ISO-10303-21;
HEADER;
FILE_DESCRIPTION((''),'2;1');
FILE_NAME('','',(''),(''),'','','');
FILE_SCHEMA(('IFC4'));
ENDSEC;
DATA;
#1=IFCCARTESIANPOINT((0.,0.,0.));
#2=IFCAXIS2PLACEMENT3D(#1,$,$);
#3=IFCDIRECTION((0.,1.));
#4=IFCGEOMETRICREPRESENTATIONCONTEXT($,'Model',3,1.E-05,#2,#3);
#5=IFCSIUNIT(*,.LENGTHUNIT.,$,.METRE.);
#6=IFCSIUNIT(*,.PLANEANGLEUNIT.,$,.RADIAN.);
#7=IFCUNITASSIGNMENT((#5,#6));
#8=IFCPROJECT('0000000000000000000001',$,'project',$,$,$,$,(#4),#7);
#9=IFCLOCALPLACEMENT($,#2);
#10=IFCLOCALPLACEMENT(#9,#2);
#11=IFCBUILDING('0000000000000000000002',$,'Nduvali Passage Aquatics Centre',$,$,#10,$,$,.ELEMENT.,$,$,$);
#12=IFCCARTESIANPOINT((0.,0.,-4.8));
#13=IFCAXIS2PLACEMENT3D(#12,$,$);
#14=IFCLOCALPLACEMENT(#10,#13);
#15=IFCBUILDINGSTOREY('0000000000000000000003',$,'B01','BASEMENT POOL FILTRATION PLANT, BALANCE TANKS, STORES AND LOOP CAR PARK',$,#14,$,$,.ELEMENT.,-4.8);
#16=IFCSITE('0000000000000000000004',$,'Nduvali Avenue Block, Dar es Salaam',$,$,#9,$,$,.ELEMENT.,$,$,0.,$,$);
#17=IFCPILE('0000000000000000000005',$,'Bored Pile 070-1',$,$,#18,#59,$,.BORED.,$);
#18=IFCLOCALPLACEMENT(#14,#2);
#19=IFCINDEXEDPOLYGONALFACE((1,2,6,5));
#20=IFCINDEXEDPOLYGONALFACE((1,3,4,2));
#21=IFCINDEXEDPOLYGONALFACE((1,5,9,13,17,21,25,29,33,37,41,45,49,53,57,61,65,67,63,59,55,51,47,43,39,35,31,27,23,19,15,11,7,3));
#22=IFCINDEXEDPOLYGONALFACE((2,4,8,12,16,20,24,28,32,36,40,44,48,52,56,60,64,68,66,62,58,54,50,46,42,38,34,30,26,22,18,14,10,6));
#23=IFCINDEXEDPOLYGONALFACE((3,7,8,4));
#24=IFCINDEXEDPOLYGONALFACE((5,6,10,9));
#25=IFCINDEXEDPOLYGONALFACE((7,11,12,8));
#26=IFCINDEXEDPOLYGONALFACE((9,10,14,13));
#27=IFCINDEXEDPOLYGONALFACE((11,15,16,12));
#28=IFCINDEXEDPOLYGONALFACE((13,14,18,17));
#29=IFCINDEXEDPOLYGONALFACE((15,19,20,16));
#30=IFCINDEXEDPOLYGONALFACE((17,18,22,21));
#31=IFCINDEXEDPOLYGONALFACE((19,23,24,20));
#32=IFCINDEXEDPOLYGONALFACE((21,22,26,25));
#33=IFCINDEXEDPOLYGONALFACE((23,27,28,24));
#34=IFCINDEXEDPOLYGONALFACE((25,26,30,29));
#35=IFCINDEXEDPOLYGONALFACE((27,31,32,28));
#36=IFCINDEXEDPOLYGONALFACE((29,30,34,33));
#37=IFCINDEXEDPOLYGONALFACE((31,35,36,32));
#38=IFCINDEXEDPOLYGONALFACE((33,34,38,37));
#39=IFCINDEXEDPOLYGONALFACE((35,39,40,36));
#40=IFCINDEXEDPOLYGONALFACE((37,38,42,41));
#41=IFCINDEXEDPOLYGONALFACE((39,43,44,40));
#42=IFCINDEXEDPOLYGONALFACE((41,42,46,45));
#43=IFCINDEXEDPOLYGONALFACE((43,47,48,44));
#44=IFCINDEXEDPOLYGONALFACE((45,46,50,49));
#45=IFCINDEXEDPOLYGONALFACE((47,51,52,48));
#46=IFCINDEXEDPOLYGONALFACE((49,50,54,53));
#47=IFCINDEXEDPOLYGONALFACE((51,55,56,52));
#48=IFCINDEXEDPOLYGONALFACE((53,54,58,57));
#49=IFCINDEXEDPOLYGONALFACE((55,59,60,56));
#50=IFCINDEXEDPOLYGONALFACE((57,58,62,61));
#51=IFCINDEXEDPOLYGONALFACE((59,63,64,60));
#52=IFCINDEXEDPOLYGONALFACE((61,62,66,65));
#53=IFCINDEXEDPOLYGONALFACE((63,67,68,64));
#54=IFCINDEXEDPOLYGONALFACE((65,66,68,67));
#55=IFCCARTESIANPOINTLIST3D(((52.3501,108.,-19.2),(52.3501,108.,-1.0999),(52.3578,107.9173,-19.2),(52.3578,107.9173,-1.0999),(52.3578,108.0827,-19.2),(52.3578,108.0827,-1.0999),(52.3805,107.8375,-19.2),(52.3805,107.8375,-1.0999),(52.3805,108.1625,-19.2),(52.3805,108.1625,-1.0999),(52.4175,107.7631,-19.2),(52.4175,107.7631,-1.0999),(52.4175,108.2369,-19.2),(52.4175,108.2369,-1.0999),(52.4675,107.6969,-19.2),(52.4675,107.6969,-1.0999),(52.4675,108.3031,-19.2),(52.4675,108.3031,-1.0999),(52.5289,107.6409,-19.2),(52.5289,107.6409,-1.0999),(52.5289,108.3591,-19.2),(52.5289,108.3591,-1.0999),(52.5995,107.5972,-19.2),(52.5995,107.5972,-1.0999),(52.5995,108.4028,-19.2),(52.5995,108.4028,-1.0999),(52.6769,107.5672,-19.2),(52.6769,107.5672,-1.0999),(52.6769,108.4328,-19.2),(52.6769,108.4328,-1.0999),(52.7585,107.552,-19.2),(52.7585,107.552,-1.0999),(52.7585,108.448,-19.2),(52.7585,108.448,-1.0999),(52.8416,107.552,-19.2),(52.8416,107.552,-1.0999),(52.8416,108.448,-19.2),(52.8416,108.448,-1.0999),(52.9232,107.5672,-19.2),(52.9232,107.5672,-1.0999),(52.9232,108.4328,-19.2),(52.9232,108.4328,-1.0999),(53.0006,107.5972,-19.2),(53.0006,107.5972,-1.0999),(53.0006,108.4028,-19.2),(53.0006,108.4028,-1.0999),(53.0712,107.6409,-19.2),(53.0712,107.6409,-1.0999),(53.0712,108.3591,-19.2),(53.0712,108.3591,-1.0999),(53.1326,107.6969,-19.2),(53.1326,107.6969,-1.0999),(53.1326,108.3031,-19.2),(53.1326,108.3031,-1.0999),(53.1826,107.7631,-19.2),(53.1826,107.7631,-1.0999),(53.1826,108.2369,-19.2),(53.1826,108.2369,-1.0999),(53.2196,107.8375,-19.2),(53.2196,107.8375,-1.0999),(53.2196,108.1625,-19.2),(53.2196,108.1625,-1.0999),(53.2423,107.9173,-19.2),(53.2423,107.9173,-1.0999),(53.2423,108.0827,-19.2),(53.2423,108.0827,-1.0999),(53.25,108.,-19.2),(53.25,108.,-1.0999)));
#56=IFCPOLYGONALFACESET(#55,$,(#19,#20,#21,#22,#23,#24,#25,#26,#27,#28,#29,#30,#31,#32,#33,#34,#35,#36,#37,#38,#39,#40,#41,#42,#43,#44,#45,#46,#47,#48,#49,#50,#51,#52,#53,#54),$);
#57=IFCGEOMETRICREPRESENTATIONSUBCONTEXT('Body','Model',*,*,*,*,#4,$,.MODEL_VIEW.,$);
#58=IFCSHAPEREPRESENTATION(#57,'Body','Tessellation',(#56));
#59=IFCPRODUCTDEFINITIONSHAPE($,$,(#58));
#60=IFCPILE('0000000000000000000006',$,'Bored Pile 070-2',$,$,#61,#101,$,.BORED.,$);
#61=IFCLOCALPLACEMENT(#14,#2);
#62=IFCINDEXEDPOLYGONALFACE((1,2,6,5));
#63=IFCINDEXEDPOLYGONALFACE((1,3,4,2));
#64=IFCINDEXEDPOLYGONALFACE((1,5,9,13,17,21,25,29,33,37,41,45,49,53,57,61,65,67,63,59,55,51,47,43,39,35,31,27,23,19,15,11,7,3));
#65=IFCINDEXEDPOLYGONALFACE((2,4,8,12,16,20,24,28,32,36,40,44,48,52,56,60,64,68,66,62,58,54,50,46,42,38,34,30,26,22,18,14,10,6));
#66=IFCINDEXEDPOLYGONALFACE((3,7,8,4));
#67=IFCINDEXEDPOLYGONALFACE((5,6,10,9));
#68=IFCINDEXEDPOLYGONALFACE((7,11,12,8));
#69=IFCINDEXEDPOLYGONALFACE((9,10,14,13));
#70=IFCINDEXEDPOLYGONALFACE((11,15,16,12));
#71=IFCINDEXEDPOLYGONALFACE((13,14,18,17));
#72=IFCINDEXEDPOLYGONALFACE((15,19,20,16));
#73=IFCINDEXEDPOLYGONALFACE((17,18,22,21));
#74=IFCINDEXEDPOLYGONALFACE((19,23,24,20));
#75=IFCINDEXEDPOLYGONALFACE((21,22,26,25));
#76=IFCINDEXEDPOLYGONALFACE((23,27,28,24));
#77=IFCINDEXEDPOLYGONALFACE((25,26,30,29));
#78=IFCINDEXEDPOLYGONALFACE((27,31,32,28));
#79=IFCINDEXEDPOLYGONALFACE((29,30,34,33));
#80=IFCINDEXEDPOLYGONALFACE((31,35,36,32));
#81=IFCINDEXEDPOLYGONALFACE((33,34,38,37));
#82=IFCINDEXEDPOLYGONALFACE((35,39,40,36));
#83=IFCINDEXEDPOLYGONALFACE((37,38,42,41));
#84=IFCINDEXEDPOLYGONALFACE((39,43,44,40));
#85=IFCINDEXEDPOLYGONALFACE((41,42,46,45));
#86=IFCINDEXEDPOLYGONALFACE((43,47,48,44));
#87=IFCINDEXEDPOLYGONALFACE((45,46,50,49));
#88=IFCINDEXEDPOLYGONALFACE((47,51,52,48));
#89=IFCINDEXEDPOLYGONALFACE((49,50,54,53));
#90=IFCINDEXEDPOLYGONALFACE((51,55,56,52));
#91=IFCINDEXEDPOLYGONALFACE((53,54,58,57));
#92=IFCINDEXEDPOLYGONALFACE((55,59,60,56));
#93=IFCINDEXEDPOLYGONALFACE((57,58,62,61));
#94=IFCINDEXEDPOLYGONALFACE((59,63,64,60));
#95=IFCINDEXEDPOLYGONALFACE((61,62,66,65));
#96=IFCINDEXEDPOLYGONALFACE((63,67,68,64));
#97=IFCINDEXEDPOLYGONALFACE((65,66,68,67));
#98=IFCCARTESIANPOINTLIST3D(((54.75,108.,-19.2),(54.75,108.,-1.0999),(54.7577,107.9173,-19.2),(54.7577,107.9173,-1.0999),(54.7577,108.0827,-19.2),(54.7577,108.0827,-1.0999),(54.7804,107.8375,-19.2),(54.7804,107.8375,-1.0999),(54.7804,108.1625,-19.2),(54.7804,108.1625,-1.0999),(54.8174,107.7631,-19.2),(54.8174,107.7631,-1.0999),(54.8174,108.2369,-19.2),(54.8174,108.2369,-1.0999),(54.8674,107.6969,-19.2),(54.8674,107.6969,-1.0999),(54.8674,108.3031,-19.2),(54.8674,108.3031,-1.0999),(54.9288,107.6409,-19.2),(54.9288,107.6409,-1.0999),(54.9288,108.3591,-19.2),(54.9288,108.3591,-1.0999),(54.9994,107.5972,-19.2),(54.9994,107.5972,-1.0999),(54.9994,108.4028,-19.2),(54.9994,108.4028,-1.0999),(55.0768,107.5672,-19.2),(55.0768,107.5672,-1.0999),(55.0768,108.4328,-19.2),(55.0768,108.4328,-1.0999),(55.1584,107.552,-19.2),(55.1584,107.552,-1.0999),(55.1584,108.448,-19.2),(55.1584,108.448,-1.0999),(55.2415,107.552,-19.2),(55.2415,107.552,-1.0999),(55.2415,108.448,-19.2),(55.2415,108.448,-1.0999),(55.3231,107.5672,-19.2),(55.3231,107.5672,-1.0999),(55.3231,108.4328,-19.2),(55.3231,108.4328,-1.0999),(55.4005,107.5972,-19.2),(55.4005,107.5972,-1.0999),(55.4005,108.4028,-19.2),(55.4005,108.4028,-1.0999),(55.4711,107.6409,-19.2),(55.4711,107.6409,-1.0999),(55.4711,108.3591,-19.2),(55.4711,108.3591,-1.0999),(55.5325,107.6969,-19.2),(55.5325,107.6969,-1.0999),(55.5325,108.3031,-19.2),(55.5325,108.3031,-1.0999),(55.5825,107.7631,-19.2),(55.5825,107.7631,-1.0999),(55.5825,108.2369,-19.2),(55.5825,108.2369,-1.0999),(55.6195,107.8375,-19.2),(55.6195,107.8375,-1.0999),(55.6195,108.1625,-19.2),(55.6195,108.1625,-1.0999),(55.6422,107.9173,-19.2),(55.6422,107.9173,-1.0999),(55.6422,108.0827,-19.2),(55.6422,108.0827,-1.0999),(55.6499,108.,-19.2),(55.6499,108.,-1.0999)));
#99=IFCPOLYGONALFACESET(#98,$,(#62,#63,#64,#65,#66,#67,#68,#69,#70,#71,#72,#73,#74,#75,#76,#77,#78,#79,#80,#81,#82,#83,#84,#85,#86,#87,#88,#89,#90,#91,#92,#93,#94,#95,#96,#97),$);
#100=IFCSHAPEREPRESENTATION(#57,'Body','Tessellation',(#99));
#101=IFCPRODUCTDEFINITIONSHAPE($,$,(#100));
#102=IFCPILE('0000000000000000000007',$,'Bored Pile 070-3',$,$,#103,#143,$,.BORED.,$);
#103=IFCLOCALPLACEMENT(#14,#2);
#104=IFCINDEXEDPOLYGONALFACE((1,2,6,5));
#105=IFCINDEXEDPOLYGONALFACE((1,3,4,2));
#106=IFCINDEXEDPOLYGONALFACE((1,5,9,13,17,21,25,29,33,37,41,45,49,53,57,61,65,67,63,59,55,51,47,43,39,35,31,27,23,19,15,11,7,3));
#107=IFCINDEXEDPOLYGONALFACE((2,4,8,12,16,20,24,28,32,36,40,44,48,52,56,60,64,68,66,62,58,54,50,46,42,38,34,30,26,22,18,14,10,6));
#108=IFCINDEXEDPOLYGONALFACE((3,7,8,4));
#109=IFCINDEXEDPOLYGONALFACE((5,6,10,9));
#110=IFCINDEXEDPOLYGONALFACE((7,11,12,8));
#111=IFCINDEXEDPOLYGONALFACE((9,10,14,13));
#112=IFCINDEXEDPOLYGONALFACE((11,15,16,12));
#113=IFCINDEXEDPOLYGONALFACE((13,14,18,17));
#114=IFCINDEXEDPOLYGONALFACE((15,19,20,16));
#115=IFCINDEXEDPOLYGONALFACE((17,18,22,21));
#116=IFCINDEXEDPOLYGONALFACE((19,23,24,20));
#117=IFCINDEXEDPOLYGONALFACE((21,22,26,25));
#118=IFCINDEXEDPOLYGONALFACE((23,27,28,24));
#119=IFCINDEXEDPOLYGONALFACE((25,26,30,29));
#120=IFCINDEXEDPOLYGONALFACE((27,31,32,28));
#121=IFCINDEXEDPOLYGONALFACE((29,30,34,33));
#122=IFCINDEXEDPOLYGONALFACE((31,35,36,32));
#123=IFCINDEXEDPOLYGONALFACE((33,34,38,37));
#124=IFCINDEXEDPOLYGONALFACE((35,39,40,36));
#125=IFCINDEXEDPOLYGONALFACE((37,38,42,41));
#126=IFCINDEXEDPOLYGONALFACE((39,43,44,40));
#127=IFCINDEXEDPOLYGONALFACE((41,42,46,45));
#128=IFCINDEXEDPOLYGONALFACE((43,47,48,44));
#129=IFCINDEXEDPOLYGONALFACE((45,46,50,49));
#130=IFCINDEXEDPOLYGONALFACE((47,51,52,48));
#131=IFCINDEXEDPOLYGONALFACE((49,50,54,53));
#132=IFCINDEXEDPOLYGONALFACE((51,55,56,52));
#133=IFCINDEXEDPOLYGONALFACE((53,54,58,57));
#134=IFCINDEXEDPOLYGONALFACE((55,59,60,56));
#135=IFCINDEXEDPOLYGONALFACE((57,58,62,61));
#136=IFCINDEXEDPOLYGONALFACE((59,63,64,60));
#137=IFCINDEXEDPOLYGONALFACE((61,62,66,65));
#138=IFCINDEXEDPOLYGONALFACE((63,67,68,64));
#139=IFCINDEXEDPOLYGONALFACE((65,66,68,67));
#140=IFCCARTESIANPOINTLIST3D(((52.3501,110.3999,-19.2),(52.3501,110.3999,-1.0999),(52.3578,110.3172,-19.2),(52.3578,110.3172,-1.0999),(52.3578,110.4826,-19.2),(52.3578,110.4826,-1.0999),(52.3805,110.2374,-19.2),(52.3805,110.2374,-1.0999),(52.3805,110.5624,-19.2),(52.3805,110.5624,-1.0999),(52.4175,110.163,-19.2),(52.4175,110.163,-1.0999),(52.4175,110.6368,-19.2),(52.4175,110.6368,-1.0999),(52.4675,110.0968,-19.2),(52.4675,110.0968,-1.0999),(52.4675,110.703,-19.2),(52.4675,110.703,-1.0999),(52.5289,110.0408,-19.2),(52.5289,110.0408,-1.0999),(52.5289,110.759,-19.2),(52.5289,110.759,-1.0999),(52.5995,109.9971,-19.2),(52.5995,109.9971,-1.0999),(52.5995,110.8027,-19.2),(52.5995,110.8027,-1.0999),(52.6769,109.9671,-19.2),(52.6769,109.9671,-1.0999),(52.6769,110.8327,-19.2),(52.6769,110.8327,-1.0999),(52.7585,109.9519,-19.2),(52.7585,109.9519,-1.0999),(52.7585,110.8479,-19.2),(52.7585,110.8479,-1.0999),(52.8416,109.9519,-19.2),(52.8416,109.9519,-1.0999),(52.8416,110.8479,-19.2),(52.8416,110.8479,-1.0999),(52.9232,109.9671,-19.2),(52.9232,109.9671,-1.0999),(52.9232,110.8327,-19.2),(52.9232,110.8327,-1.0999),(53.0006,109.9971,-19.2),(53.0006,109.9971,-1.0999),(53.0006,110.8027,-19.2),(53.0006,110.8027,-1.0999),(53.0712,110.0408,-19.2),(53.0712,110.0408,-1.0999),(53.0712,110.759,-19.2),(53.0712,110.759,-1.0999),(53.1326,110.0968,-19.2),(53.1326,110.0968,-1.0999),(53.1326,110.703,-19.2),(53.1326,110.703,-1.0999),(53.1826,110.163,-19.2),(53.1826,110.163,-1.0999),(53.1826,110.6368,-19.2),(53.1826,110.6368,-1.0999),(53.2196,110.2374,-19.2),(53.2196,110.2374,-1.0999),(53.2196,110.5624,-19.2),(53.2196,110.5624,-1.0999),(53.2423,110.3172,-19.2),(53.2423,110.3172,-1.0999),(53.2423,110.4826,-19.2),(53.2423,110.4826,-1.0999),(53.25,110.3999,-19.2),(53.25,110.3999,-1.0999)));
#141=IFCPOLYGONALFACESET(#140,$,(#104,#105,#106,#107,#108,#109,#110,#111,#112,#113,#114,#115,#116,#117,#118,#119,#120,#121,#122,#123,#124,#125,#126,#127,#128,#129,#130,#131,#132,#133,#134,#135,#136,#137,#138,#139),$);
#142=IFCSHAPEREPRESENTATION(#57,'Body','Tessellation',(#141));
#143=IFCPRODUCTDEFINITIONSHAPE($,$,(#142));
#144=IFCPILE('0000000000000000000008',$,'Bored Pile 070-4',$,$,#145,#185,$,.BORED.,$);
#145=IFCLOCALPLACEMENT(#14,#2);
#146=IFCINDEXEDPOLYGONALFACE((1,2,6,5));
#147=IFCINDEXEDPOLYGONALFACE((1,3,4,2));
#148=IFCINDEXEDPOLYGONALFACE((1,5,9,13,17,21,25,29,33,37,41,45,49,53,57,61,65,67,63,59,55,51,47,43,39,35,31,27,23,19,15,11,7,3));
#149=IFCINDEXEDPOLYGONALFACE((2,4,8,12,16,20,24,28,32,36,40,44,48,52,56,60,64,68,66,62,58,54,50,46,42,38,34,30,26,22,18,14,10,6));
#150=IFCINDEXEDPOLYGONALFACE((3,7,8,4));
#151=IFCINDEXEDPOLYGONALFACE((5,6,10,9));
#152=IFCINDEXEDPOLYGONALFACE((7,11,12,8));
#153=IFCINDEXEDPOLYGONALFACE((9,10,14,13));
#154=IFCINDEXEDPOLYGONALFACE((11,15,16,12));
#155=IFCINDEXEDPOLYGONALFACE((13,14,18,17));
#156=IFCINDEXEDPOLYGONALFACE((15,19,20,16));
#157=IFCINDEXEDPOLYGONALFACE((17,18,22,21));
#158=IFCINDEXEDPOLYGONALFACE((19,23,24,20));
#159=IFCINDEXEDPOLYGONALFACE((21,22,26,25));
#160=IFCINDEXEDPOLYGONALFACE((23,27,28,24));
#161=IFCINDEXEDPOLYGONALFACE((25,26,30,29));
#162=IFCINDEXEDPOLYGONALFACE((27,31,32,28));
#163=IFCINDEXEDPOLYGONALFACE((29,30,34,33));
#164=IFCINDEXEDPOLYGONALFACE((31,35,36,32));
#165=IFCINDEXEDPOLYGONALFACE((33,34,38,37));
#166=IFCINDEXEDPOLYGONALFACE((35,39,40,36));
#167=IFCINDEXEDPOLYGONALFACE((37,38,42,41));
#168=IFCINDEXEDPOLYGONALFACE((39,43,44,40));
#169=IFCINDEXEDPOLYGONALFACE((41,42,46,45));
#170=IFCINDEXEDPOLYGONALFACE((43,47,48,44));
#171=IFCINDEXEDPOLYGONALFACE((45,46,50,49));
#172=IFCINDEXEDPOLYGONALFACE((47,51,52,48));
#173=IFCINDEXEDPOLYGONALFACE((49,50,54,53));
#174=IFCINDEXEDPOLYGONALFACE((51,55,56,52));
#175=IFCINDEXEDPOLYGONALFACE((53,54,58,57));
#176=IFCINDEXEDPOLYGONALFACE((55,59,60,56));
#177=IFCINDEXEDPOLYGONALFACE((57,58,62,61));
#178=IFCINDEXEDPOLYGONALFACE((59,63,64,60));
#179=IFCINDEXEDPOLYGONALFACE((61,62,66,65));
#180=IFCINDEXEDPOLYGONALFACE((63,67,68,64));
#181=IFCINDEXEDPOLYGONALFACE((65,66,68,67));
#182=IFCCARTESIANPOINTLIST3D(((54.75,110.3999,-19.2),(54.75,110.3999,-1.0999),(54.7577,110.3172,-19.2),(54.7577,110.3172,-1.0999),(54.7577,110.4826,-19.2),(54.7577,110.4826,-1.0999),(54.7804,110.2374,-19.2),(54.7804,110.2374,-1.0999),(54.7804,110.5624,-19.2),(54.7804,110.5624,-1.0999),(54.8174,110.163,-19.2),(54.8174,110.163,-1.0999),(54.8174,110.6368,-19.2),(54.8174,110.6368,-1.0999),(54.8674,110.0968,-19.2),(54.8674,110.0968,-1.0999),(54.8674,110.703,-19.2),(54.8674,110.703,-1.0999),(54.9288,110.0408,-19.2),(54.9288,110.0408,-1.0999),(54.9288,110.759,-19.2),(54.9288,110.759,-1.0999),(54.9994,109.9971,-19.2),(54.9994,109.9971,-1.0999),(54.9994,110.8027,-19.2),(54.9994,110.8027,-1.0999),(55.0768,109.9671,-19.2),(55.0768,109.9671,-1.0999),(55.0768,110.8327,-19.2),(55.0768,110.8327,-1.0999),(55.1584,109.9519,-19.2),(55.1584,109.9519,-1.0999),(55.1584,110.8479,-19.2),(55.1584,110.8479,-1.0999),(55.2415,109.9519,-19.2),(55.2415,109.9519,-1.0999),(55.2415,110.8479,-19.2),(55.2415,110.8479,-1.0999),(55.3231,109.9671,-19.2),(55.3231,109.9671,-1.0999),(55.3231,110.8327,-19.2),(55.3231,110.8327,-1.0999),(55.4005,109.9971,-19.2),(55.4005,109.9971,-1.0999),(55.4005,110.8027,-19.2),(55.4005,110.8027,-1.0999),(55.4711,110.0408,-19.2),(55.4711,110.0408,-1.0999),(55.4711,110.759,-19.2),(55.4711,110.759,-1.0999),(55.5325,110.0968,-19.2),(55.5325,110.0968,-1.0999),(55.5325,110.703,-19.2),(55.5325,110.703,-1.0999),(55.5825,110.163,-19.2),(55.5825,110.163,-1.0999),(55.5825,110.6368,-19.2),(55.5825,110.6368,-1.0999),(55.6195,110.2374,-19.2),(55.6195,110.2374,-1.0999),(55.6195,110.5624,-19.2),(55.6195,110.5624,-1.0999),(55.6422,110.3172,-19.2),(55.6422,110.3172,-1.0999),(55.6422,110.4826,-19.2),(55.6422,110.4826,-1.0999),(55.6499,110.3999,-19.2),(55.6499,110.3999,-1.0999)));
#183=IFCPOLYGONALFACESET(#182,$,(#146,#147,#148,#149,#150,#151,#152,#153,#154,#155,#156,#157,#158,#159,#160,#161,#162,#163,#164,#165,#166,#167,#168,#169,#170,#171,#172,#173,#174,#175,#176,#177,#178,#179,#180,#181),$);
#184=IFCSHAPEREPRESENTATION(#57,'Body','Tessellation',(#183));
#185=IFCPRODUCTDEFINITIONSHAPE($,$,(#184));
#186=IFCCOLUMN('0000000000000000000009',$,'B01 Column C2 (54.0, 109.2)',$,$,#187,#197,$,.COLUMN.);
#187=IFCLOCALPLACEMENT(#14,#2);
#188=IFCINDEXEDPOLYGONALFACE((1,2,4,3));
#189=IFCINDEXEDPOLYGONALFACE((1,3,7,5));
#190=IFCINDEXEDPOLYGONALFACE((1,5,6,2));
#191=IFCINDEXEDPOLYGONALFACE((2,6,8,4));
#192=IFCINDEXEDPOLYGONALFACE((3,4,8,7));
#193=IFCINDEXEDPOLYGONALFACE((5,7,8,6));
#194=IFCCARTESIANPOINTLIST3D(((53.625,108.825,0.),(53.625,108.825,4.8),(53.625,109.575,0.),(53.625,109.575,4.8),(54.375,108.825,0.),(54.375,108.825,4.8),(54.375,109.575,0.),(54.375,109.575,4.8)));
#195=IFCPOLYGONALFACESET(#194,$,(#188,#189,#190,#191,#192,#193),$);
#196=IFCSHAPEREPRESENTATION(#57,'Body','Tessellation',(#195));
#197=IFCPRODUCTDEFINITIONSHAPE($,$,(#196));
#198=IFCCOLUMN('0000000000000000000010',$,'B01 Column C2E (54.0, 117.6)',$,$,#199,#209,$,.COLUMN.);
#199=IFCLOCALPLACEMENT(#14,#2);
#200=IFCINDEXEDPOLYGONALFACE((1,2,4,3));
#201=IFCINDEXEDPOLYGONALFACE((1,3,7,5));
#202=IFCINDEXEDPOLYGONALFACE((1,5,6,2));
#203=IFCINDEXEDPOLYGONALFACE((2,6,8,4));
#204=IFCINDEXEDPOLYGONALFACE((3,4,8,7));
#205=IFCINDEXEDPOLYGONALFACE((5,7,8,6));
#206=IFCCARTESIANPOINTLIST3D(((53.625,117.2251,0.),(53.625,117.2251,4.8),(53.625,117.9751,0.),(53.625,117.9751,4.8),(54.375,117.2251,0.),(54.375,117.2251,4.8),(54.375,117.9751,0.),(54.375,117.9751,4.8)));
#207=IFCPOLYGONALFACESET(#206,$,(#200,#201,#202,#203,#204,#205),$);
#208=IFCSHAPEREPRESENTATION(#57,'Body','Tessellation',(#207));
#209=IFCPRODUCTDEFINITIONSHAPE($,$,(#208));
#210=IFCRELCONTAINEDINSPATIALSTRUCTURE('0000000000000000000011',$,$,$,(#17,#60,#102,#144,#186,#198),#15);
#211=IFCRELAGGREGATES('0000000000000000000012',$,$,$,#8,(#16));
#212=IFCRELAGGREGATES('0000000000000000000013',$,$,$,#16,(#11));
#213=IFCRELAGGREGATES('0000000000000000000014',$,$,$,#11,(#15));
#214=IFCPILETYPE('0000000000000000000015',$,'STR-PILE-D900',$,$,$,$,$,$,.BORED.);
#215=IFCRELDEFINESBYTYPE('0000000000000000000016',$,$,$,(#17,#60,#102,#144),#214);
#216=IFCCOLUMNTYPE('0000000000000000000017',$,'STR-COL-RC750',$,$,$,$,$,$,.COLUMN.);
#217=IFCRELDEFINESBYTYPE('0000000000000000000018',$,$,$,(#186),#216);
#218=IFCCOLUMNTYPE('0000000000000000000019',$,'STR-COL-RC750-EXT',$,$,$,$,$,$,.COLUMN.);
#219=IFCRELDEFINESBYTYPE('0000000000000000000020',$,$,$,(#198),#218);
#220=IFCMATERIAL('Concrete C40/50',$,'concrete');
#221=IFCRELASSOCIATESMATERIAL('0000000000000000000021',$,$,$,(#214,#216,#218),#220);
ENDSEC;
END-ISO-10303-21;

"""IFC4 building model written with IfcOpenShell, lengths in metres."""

from ifc_helpers import new_model, si_unit, direction, frame, origin, origin_2d, place, context, subcontext, project, spatial, rectangle, circle, extrude, material, material_profile, profile_set, type_object, element, save


model = new_model("IFC4")

# Units and contexts
model_context = context("Model", 3, precision=1e-05, world=origin(), true_north=direction((0.0, 1.0)))
body_context = subcontext(model_context, "Body", "Model", "MODEL_VIEW")
ifc_project = project(units=[si_unit("LENGTHUNIT", "METRE"), si_unit("PLANEANGLEUNIT", "RADIAN")], contexts=[model_context])

# Site, building, storey
site_placement = place(None, origin())
site = spatial("IfcSite", under=ifc_project, at=site_placement, Name="Nduvali Avenue Block, Dar es Salaam", CompositionType="ELEMENT", RefElevation=0.0)
building_placement = place(site_placement, origin())
building = spatial("IfcBuilding", under=site, at=building_placement, Name="Nduvali Passage Aquatics Centre", CompositionType="ELEMENT")
storey_placement = place(building_placement, frame((0.0, 0.0, -4.8)))
storey = spatial("IfcBuildingStorey", under=building, at=storey_placement, Name="B01", Description="BASEMENT POOL FILTRATION PLANT, BALANCE TANKS, STORES AND LOOP CAR PARK", CompositionType="ELEMENT", Elevation=-4.8)

# Shared definitions
ifc_material_1 = material(Name="Concrete C40/50", Category="concrete")

# Piles
ifc_material_profile_1 = material_profile(ifc_material_1, circle(Radius=0.45, at=origin_2d()), Name="PILE D900")
ifc_profile_set_1 = profile_set([ifc_material_profile_1], Name="Concrete C40/50")
pile_type_1 = type_object("IfcPileType", Name="STR-PILE-D900", PredefinedType="BORED", material=ifc_profile_set_1)
for number, where, z_axis, x_axis, name in (
    (1, (52.8, 108.0, -1.0999), (0.0, 0.0, -1.0), (1.0, 0.0, 0.0), "Bored Pile 070-1"),
    (2, (55.2, 108.0, -1.0999), (0.0, 0.0, -1.0), (1.0, 0.0, 0.0), "Bored Pile 070-2"),
    (3, (52.8, 110.3999, -1.0999), (0.0, 0.0, -1.0), (1.0, 0.0, 0.0), "Bored Pile 070-3"),
    (4, (55.2, 110.3999, -1.0999), (0.0, 0.0, -1.0), (1.0, 0.0, 0.0), "Bored Pile 070-4"),
):
    element("IfcPile", number, at=place(storey_placement, frame(where, z_axis=z_axis, x_axis=x_axis)), inside=storey, type_object=pile_type_1, Name=name, PredefinedType="BORED", context=body_context, shape_type="SweptSolid", body=[
        extrude(circle(Radius=0.45, at=origin_2d()), origin(), (0.0, 0.0, 1.0), 18.1001),
    ])

# Columns
ifc_material_profile_2 = material_profile(ifc_material_1, rectangle(XDim=0.75, YDim=0.75, at=origin_2d()), Name="RC 750x750")
ifc_profile_set_2 = profile_set([ifc_material_profile_2], Name="Concrete C40/50")
column_type_1 = type_object("IfcColumnType", Name="STR-COL-RC750", PredefinedType="COLUMN", material=ifc_profile_set_2)
column_1_placement = place(storey_placement, frame((54.0, 109.2, 0.0), z_axis=(0.0, 0.0, 1.0), x_axis=(1.0, 0.0, 0.0)))
element("IfcColumn", 5, at=column_1_placement, inside=storey, type_object=column_type_1, Name="B01 Column C2 (54.0, 109.2)", PredefinedType="COLUMN", context=body_context, shape_type="SweptSolid", body=[
    extrude(rectangle(XDim=0.75, YDim=0.75, at=origin_2d()), origin(), (0.0, 0.0, 1.0), 4.8),
])
ifc_material_profile_3 = material_profile(ifc_material_1, rectangle(XDim=0.75, YDim=0.75, at=origin_2d()), Name="RC 750x750")
ifc_profile_set_3 = profile_set([ifc_material_profile_3], Name="Concrete C40/50")
column_type_2 = type_object("IfcColumnType", Name="STR-COL-RC750-EXT", PredefinedType="COLUMN", material=ifc_profile_set_3)
column_2_placement = place(storey_placement, frame((54.0, 117.6001, 0.0), z_axis=(0.0, 0.0, 1.0), x_axis=(1.0, 0.0, 0.0)))
element("IfcColumn", 6, at=column_2_placement, inside=storey, type_object=column_type_2, Name="B01 Column C2E (54.0, 117.6)", PredefinedType="COLUMN", context=body_context, shape_type="SweptSolid", body=[
    extrude(rectangle(XDim=0.75, YDim=0.75, at=origin_2d()), origin(), (0.0, 0.0, 1.0), 4.8),
])

save(model, "model.ifc")
